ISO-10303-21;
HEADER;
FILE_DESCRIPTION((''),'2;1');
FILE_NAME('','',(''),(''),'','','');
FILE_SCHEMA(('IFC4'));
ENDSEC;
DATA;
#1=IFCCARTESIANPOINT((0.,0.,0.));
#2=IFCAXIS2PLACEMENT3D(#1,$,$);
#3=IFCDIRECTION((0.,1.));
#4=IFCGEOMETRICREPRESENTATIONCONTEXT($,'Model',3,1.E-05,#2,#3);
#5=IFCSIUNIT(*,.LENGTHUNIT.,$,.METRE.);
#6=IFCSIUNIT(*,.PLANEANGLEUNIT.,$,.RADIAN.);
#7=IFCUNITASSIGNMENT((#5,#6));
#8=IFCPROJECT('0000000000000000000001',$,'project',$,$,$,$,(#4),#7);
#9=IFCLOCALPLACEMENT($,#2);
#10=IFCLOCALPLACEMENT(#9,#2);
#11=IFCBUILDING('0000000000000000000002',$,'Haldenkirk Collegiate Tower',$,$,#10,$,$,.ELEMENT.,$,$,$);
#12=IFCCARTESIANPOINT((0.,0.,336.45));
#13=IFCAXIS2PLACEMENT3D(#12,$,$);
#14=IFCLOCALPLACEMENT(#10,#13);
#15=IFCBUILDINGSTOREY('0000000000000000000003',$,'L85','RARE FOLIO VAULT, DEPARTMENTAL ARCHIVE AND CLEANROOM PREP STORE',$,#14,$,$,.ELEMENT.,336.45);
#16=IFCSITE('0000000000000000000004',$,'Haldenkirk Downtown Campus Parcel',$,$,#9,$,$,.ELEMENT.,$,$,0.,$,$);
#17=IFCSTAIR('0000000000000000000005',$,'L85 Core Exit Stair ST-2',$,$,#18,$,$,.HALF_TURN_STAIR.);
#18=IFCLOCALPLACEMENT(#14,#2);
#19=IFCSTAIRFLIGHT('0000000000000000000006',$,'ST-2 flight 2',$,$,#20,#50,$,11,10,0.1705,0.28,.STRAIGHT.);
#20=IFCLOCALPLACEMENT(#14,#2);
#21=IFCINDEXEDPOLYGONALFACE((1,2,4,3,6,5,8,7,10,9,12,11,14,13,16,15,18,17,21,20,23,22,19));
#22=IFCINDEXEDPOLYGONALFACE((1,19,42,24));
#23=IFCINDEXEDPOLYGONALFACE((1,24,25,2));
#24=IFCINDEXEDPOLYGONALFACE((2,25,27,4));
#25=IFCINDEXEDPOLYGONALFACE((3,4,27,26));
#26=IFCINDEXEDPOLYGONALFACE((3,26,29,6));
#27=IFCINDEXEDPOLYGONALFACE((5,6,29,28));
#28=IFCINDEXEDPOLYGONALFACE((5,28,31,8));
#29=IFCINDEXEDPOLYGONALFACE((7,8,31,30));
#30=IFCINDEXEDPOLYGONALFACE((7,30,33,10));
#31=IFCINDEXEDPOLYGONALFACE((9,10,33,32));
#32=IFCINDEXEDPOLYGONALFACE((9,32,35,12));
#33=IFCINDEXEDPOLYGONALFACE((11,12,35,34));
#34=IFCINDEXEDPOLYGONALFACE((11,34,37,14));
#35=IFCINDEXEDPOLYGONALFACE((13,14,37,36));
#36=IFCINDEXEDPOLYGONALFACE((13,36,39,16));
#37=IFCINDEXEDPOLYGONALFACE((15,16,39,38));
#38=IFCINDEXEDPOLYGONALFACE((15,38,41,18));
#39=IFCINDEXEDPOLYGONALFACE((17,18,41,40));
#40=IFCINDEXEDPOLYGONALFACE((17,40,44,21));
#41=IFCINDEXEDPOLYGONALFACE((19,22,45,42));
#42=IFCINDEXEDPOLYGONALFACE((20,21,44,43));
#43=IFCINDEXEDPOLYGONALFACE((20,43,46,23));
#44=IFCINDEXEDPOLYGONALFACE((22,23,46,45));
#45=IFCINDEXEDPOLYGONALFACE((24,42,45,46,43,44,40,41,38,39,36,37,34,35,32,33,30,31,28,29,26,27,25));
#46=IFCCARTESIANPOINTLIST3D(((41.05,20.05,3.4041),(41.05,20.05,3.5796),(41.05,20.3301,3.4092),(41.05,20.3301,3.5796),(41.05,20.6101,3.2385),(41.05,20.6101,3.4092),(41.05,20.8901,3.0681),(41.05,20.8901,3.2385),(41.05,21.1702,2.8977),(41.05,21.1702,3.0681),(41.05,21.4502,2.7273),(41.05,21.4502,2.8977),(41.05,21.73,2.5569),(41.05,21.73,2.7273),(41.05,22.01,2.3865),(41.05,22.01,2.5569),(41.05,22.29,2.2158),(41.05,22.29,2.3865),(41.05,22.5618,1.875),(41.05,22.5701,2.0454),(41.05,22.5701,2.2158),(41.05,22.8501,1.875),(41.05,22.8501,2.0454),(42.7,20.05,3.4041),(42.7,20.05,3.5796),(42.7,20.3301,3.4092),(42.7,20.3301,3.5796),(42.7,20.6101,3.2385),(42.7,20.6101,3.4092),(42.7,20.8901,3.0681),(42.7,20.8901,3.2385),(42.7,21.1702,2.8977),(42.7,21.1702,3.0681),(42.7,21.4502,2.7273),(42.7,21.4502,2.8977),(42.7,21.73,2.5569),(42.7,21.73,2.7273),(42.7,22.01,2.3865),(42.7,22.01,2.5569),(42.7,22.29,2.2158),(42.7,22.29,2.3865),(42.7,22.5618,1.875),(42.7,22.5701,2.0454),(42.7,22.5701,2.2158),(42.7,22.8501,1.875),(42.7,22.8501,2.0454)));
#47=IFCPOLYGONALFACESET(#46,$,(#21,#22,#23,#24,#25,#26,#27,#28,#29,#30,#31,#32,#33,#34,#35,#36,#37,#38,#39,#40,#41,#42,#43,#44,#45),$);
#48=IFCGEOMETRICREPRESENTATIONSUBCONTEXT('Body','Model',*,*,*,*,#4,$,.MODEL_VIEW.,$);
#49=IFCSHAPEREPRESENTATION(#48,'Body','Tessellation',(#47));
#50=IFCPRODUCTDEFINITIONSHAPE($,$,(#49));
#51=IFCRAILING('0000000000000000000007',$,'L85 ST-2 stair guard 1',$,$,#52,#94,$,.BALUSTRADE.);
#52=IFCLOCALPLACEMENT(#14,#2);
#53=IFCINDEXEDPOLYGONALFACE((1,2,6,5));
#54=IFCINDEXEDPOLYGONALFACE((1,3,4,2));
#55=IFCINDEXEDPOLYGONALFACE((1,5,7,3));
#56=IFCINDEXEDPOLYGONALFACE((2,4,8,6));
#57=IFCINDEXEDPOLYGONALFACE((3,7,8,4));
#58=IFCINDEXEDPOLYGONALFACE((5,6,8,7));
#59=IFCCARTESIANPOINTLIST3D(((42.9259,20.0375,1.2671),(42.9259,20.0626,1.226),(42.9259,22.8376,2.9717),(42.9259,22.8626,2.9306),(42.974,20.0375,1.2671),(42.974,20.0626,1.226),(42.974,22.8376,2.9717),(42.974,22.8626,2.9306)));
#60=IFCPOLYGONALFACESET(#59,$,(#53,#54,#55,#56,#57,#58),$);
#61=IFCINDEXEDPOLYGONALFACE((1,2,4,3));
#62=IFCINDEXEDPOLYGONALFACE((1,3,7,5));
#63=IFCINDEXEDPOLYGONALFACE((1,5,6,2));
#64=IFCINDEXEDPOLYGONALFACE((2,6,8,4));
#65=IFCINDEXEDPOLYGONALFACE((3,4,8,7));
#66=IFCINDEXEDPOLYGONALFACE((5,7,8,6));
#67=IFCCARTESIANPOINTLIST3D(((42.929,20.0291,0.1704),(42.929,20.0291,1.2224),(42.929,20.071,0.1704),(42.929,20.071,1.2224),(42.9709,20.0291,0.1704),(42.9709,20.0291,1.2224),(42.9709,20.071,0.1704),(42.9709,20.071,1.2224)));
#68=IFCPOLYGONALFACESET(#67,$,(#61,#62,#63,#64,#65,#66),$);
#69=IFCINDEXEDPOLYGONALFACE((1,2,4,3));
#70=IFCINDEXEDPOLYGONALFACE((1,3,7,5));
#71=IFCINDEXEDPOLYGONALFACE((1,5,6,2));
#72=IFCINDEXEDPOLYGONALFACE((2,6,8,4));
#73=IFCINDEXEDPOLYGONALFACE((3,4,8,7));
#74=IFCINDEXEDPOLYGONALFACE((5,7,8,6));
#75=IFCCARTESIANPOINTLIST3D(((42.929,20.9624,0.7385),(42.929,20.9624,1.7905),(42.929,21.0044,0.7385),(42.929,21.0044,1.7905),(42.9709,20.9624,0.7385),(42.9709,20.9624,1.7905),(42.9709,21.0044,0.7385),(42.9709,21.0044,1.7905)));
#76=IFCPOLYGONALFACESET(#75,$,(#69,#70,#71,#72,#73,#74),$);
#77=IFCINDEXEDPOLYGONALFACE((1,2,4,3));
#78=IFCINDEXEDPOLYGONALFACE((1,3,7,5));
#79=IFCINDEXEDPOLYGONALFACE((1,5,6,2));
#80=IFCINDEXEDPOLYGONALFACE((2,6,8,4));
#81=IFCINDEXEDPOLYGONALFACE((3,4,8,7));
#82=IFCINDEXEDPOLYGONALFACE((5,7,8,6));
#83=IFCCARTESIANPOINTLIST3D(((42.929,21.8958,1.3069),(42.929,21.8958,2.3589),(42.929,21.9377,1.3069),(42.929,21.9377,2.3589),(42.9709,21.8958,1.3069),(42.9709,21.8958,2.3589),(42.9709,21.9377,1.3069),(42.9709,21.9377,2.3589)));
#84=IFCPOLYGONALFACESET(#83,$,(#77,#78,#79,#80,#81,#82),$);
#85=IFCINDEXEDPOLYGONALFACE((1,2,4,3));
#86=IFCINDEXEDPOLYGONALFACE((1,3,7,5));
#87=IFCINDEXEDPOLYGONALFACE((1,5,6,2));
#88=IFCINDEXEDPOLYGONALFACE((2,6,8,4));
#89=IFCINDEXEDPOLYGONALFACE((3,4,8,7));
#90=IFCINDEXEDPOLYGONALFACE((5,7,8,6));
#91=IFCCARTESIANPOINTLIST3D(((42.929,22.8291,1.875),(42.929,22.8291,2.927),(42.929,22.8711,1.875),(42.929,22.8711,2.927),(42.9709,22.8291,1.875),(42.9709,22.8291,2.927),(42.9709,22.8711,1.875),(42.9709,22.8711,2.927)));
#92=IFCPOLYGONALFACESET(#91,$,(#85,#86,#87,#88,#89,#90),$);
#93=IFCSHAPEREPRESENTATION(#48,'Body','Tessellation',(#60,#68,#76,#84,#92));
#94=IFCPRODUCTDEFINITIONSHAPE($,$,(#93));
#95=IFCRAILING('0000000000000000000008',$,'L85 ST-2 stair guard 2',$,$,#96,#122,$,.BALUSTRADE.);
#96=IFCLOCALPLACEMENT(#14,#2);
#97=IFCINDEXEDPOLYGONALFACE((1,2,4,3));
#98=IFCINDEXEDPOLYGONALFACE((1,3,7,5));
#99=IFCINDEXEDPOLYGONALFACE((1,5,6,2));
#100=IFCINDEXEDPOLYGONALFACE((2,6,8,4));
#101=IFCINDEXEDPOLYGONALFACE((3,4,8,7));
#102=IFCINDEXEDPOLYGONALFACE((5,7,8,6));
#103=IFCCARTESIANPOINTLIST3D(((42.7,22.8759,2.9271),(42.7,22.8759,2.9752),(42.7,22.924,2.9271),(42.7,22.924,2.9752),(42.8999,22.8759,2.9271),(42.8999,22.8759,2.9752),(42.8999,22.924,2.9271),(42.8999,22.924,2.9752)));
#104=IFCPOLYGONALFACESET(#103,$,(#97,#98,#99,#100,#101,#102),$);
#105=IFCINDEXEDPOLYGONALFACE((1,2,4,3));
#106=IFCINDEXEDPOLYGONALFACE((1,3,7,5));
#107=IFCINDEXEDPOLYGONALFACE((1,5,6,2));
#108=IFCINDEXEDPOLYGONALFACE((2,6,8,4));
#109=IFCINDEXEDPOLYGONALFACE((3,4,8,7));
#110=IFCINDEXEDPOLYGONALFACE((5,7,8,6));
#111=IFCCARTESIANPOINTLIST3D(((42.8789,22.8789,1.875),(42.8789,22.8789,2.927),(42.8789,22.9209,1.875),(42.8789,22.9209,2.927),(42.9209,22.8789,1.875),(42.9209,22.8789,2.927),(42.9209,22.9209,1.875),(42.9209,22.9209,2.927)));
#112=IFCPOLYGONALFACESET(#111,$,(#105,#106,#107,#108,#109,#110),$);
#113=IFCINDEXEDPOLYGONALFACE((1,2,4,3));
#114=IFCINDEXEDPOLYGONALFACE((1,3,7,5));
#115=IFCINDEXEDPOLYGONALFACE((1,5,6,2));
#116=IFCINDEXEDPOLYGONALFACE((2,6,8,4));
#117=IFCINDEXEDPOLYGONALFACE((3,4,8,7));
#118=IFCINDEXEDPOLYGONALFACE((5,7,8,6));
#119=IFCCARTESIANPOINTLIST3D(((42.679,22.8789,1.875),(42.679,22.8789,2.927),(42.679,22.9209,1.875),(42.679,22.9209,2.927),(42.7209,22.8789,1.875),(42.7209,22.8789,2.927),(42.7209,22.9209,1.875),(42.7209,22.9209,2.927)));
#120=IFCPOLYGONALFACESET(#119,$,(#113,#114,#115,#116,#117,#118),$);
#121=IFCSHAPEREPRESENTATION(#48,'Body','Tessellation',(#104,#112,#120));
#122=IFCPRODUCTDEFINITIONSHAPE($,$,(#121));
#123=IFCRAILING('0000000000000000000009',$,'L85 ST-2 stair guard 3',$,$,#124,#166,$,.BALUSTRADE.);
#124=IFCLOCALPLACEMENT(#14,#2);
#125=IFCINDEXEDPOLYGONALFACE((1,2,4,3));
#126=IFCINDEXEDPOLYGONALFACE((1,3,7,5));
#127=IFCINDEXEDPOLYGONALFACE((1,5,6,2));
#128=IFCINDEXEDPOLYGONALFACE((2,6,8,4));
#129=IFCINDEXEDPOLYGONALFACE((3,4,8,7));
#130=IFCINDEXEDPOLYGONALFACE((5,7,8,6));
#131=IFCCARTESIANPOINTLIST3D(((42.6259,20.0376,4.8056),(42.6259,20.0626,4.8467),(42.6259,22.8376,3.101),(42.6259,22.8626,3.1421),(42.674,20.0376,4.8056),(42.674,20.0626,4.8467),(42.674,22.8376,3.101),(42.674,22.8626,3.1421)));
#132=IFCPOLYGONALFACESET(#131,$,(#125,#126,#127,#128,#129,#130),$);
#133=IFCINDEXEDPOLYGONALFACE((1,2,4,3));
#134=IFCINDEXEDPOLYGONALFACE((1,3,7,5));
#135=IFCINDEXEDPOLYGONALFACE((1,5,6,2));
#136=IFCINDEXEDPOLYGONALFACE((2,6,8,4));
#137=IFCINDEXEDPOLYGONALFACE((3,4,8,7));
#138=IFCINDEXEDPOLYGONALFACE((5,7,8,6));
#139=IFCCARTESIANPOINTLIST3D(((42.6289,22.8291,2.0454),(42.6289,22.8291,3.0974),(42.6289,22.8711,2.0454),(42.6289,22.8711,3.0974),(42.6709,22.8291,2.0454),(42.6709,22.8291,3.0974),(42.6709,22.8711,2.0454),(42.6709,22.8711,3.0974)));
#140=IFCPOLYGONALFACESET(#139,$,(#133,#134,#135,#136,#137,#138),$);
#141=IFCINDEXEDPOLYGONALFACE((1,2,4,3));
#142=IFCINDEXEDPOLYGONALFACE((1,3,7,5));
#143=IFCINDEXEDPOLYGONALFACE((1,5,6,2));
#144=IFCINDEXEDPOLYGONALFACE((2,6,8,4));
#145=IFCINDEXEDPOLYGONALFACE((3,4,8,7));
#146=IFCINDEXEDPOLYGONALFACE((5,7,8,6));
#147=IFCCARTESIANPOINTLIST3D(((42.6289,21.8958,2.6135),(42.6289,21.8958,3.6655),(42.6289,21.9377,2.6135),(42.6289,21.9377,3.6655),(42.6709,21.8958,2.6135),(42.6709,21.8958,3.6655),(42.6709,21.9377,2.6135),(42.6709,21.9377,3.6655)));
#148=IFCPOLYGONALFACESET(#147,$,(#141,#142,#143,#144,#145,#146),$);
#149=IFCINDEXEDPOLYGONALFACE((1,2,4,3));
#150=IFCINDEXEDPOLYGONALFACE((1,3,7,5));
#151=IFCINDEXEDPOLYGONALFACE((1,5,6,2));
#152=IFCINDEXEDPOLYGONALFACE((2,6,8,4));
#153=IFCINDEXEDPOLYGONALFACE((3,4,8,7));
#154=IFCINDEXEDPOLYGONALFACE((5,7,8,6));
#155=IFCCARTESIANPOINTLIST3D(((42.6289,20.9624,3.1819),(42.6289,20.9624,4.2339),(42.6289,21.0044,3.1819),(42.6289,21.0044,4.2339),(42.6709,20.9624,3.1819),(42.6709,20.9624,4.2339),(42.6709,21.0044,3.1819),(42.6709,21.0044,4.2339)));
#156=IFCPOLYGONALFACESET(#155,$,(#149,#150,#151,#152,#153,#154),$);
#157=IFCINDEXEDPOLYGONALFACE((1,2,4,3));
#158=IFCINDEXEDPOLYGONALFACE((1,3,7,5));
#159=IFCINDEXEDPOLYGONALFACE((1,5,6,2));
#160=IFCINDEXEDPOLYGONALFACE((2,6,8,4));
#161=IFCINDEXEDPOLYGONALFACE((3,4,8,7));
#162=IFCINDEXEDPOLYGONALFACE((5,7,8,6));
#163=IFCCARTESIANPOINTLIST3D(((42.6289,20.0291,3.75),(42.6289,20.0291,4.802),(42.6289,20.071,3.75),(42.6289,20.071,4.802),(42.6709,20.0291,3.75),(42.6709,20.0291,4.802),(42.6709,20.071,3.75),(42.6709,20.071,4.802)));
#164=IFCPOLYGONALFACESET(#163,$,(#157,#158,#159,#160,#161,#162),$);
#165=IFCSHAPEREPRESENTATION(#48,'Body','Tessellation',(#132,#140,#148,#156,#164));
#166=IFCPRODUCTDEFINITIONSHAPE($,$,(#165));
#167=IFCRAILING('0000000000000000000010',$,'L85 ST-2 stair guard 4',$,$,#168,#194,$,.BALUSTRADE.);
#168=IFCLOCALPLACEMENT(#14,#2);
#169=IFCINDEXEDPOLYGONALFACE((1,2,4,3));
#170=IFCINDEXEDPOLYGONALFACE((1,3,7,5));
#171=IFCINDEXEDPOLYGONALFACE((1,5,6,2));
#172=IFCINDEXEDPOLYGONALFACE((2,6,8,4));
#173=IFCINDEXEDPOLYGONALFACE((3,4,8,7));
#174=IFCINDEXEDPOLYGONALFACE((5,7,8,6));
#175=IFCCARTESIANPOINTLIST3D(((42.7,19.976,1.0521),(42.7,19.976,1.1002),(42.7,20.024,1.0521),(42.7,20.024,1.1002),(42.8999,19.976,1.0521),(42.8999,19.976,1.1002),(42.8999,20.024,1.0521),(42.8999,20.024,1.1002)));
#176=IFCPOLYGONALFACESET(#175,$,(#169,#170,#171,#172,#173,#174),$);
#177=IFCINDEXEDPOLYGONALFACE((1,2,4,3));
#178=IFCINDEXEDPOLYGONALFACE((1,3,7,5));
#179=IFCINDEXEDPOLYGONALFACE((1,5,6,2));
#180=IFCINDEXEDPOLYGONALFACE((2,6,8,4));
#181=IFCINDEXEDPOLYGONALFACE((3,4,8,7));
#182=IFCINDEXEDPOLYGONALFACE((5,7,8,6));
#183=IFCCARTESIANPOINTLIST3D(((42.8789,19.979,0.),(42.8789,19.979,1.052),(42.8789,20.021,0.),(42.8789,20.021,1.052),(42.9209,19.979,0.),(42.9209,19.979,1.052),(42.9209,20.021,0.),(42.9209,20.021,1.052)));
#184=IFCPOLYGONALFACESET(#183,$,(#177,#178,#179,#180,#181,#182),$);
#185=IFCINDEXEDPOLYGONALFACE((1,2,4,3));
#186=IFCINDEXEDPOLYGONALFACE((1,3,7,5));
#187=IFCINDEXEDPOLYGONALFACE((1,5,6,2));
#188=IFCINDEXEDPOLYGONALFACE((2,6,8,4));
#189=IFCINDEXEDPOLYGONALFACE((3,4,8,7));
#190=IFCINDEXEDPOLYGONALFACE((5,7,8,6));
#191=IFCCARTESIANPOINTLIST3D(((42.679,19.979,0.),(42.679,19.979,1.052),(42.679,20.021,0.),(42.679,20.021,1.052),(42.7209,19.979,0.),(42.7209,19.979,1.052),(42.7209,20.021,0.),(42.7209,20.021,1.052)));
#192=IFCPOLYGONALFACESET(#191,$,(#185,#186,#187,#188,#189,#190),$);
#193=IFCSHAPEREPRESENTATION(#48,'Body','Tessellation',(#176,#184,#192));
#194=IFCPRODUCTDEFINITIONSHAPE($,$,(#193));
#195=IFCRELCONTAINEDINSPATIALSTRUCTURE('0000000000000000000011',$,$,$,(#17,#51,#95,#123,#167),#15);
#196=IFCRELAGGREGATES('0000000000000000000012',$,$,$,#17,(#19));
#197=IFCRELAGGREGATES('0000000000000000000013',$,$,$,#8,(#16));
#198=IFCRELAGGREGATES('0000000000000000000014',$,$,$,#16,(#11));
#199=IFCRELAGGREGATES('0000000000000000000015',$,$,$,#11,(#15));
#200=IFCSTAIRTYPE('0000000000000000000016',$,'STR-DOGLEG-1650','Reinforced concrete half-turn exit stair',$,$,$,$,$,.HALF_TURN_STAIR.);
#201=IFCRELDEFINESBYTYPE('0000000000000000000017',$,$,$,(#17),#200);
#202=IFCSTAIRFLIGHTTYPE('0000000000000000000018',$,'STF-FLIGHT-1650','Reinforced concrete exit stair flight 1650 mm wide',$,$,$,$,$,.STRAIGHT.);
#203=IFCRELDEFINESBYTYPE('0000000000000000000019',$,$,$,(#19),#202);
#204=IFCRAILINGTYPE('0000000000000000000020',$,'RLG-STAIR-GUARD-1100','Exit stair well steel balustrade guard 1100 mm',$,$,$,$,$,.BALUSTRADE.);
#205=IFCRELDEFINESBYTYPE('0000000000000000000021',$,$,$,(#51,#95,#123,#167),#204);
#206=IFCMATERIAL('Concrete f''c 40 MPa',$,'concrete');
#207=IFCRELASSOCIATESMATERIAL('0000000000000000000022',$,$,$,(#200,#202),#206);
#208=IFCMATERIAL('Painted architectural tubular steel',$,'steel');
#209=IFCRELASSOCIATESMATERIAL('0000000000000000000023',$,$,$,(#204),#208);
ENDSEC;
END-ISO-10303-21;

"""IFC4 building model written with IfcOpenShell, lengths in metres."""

from ifc_helpers import new_model, si_unit, direction, frame, origin, origin_2d, place, context, subcontext, project, spatial, polyline, rectangle, outline, extrude, material, type_object, element, aggregate, save


model = new_model("IFC4")

# Units and contexts
model_context = context("Model", 3, precision=1e-05, world=origin(), true_north=direction((0.0, 1.0)))
body_context = subcontext(model_context, "Body", "Model", "MODEL_VIEW")
ifc_project = project(units=[si_unit("LENGTHUNIT", "METRE"), si_unit("PLANEANGLEUNIT", "RADIAN")], contexts=[model_context])

# Site, building, storey
site_placement = place(None, origin())
site = spatial("IfcSite", under=ifc_project, at=site_placement, Name="Haldenkirk Downtown Campus Parcel", CompositionType="ELEMENT", RefElevation=0.0)
building_placement = place(site_placement, origin())
building = spatial("IfcBuilding", under=site, at=building_placement, Name="Haldenkirk Collegiate Tower", CompositionType="ELEMENT")
storey_placement = place(building_placement, frame((0.0, 0.0, 336.45)))
storey = spatial("IfcBuildingStorey", under=building, at=storey_placement, Name="L85", Description="RARE FOLIO VAULT, DEPARTMENTAL ARCHIVE AND CLEANROOM PREP STORE", CompositionType="ELEMENT", Elevation=336.45)

# Stair, stair flight
ifc_material_1 = material(Name="Concrete f'c 40 MPa", Category="concrete")
stair_type = type_object("IfcStairType", Name="STR-DOGLEG-1650", Description="Reinforced concrete half-turn exit stair", PredefinedType="HALF_TURN_STAIR", material=ifc_material_1)
stair_placement = place(storey_placement, origin())
stair = element("IfcStair", 1, at=stair_placement, inside=storey, type_object=stair_type, Name="L85 Core Exit Stair ST-2", PredefinedType="HALF_TURN_STAIR")
stair_flight_type = type_object("IfcStairFlightType", Name="STF-FLIGHT-1650", Description="Reinforced concrete exit stair flight 1650 mm wide", PredefinedType="STRAIGHT", material=ifc_material_1)
stair_flight_1_placement = place(storey_placement, frame((41.875, 22.8501, 1.875), z_axis=(0.0, 0.0, 1.0), x_axis=(0.0, -1.0, 0.0)))
stair_flight_1 = element("IfcStairFlight", 2, at=stair_flight_1_placement, type_object=stair_flight_type, Name="ST-2 flight 2", NumberOfRisers=11, NumberOfTreads=10, PredefinedType="STRAIGHT", RiserHeight=0.1705, TreadLength=0.28, context=body_context, shape_type="SweptSolid", body=[
    extrude(outline(polyline([(0.0, 0.0), (0.0, 0.1704), (0.28, 0.1704), (0.28, 0.3408), (0.5601, 0.3408), (0.5601, 0.5115), (0.8401, 0.5115), (0.8401, 0.6819), (1.1201, 0.6819), (1.1201, 0.8523), (1.3999, 0.8523), (1.3999, 1.0227), (1.6799, 1.0227), (1.6799, 1.1931), (1.96, 1.1931), (1.96, 1.3635), (2.24, 1.3635), (2.24, 1.5342), (2.52, 1.5342), (2.52, 1.7046), (2.8, 1.7046), (2.8, 1.875), (2.8, 1.5291), (0.2883, 0.0), (0.0, 0.0)])), frame((0.0, 0.825, 0.0), z_axis=(0.0, -1.0, 0.0), x_axis=(1.0, 0.0, 0.0)), (0.0, 0.0, 1.0), 1.6499),
])
aggregate(stair, [stair_flight_1])

# Railings
ifc_material_2 = material(Name="Painted architectural tubular steel", Category="steel")
railing_type_1 = type_object("IfcRailingType", Name="RLG-STAIR-GUARD-1100", Description="Exit stair well steel balustrade guard 1100 mm", PredefinedType="BALUSTRADE", material=ifc_material_2)
railing_1_placement = place(storey_placement, frame((42.95, 20.05, 0.1704)))
element("IfcRailing", 3, at=railing_1_placement, inside=storey, type_object=railing_type_1, Name="L85 ST-2 stair guard 1", PredefinedType="BALUSTRADE", context=body_context, shape_type="SweptSolid", body=[
    extrude(rectangle(XDim=0.0481, YDim=0.0481, at=origin_2d()), frame((0.0, 0.0, 1.0762), z_axis=(0.0, 0.85417, 0.519994), x_axis=(-1.0, 0.0, 0.0)), (0.0, 0.0, 1.0), 3.2781),
    extrude(rectangle(XDim=0.042, YDim=0.042, at=origin_2d()), origin(), (0.0, 0.0, 1.0), 1.052),
    extrude(rectangle(XDim=0.042, YDim=0.042, at=origin_2d()), frame((0.0, 0.9333, 0.5681)), (0.0, 0.0, 1.0), 1.052),
    extrude(rectangle(XDim=0.042, YDim=0.042, at=origin_2d()), frame((0.0, 1.8667, 1.1365)), (0.0, 0.0, 1.0), 1.052),
    extrude(rectangle(XDim=0.042, YDim=0.042, at=origin_2d()), frame((0.0, 2.8, 1.7046)), (0.0, 0.0, 1.0), 1.052),
])
railing_2_placement = place(storey_placement, frame((42.8999, 22.8999, 1.875)))
element("IfcRailing", 4, at=railing_2_placement, inside=storey, type_object=railing_type_1, Name="L85 ST-2 stair guard 2", PredefinedType="BALUSTRADE", context=body_context, shape_type="SweptSolid", body=[
    extrude(rectangle(XDim=0.0481, YDim=0.0481, at=origin_2d()), frame((0.0, 0.0, 1.0762), z_axis=(-1.0, 0.0, 0.0), x_axis=(0.0, -1.0, 0.0)), (0.0, 0.0, 1.0), 0.2),
    extrude(rectangle(XDim=0.042, YDim=0.042, at=origin_2d()), origin(), (0.0, 0.0, 1.0), 1.052),
    extrude(rectangle(XDim=0.042, YDim=0.042, at=origin_2d()), frame((-0.2, 0.0, 0.0)), (0.0, 0.0, 1.0), 1.052),
])
railing_3_placement = place(storey_placement, frame((42.6499, 22.8501, 2.0454)))
element("IfcRailing", 5, at=railing_3_placement, inside=storey, type_object=railing_type_1, Name="L85 ST-2 stair guard 3", PredefinedType="BALUSTRADE", context=body_context, shape_type="SweptSolid", body=[
    extrude(rectangle(XDim=0.0481, YDim=0.0481, at=origin_2d()), frame((0.0, 0.0, 1.0762), z_axis=(0.0, -0.85417, 0.519994), x_axis=(1.0, 0.0, 0.0)), (0.0, 0.0, 1.0), 3.2781),
    extrude(rectangle(XDim=0.042, YDim=0.042, at=origin_2d()), origin(), (0.0, 0.0, 1.0), 1.052),
    extrude(rectangle(XDim=0.042, YDim=0.042, at=origin_2d()), frame((0.0, -0.9333, 0.5681)), (0.0, 0.0, 1.0), 1.052),
    extrude(rectangle(XDim=0.042, YDim=0.042, at=origin_2d()), frame((0.0, -1.8667, 1.1365)), (0.0, 0.0, 1.0), 1.052),
    extrude(rectangle(XDim=0.042, YDim=0.042, at=origin_2d()), frame((0.0, -2.8, 1.7046)), (0.0, 0.0, 1.0), 1.052),
])
railing_4_placement = place(storey_placement, frame((42.8999, 20.0, 0.0)))
element("IfcRailing", 6, at=railing_4_placement, inside=storey, type_object=railing_type_1, Name="L85 ST-2 stair guard 4", PredefinedType="BALUSTRADE", context=body_context, shape_type="SweptSolid", body=[
    extrude(rectangle(XDim=0.0481, YDim=0.0481, at=origin_2d()), frame((0.0, 0.0, 1.0762), z_axis=(-1.0, 0.0, 0.0), x_axis=(0.0, -1.0, 0.0)), (0.0, 0.0, 1.0), 0.2),
    extrude(rectangle(XDim=0.042, YDim=0.042, at=origin_2d()), origin(), (0.0, 0.0, 1.0), 1.052),
    extrude(rectangle(XDim=0.042, YDim=0.042, at=origin_2d()), frame((-0.2, 0.0, 0.0)), (0.0, 0.0, 1.0), 1.052),
])

save(model, "model.ifc")
